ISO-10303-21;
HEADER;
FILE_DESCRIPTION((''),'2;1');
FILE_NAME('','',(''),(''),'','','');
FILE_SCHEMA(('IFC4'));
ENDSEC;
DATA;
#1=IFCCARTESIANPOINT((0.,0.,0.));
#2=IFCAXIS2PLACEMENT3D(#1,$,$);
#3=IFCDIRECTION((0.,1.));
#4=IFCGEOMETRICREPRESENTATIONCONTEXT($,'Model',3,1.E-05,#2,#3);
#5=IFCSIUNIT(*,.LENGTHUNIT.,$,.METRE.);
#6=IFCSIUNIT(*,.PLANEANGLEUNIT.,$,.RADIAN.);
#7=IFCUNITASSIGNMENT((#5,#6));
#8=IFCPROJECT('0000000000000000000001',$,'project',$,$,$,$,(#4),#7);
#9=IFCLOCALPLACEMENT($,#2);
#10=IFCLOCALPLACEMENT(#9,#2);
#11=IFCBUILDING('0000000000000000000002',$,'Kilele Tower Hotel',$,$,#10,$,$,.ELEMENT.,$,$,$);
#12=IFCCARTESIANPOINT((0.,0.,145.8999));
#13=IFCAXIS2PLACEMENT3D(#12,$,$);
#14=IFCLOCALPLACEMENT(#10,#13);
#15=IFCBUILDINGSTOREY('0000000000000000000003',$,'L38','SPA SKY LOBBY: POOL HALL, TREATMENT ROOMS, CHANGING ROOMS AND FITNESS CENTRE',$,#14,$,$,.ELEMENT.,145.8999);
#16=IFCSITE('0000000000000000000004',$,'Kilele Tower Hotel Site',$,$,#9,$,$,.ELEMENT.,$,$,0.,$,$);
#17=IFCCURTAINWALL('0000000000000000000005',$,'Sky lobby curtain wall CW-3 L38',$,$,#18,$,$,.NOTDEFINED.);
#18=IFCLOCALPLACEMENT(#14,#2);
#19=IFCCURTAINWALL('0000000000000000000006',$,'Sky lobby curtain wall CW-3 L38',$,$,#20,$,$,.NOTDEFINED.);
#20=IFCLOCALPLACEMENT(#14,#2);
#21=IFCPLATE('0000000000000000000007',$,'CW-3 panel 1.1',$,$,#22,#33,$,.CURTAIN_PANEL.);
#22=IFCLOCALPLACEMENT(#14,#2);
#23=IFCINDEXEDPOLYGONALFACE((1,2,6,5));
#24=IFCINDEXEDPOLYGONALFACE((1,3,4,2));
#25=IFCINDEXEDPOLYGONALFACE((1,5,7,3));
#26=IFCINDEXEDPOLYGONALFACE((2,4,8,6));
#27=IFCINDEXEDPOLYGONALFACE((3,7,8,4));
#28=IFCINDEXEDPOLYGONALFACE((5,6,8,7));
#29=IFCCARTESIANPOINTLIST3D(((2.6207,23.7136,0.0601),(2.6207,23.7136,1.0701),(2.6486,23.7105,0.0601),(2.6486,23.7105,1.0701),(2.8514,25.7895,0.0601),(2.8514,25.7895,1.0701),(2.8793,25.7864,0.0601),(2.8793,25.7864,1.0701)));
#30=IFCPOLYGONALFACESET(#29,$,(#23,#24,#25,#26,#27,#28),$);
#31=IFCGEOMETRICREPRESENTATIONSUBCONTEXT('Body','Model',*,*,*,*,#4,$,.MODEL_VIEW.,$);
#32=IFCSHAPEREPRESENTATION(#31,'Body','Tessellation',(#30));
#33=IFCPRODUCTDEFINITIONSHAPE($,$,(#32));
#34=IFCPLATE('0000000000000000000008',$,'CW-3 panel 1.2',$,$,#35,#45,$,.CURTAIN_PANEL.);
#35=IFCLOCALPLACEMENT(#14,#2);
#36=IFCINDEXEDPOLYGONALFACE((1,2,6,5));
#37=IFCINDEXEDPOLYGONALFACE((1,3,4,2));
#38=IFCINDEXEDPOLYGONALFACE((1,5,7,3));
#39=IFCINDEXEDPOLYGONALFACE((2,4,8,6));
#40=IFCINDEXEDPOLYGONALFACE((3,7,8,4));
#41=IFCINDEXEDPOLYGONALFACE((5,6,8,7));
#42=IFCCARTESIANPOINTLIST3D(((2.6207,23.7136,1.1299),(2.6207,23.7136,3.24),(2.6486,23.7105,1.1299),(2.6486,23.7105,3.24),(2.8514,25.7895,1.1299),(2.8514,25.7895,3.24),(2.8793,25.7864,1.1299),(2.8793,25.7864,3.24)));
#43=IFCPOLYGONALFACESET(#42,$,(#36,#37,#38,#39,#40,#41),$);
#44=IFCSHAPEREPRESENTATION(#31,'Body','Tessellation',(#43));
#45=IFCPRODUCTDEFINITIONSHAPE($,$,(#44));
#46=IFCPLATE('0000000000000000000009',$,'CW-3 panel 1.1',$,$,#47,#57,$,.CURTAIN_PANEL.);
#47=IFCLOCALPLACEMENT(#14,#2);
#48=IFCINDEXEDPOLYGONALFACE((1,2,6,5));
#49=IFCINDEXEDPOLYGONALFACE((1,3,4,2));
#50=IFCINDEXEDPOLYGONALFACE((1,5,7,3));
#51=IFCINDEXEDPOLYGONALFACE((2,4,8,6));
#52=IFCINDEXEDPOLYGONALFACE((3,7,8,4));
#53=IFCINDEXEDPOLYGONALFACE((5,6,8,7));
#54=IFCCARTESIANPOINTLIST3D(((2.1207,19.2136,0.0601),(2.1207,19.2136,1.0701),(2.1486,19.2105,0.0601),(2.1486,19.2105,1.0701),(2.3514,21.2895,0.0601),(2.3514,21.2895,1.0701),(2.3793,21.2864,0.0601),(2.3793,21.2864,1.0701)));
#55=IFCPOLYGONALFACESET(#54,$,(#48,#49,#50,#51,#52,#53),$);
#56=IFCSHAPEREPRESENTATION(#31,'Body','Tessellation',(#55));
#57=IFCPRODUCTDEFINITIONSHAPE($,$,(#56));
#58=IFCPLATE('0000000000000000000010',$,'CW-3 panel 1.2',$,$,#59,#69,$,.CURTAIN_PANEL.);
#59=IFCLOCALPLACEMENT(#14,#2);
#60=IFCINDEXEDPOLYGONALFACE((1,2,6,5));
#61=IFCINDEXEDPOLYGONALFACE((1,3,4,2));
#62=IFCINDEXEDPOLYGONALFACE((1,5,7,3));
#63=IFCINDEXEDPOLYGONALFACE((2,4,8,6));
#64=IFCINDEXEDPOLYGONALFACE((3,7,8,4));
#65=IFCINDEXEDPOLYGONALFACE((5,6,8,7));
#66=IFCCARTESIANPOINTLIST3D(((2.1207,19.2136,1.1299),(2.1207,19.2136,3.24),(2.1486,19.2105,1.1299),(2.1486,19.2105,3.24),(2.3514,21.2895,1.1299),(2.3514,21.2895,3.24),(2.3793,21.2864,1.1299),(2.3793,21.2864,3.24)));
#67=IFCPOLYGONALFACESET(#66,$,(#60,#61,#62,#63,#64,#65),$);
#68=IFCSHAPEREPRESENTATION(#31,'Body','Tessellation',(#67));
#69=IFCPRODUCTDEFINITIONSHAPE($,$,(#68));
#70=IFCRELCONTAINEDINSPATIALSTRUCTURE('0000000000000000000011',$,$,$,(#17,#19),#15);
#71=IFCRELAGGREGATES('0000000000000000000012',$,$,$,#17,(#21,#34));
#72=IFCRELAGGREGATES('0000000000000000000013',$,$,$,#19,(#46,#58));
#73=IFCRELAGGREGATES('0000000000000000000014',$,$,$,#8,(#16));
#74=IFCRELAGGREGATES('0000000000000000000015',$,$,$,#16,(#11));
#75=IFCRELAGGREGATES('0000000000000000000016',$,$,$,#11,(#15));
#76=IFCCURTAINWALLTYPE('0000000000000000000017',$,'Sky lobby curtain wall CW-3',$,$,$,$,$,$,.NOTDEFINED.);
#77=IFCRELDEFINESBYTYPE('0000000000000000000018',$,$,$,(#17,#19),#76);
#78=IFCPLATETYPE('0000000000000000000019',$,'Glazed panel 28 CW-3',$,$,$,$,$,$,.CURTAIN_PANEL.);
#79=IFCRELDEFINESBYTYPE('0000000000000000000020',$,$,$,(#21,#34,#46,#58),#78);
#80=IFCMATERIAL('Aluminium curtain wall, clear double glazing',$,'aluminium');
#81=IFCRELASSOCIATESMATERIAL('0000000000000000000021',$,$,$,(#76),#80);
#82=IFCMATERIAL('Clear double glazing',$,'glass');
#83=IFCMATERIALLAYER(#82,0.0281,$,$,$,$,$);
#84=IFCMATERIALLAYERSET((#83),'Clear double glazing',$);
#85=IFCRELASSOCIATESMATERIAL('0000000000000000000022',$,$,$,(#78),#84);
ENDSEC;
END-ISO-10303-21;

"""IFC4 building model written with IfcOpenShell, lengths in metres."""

from ifc_helpers import new_model, si_unit, direction, frame, origin, origin_2d, place, context, subcontext, project, spatial, rectangle, extrude, material, layer, layer_set, type_object, element, aggregate, save


model = new_model("IFC4")

# Units and contexts
model_context = context("Model", 3, precision=1e-05, world=origin(), true_north=direction((0.0, 1.0)))
body_context = subcontext(model_context, "Body", "Model", "MODEL_VIEW")
ifc_project = project(units=[si_unit("LENGTHUNIT", "METRE"), si_unit("PLANEANGLEUNIT", "RADIAN")], contexts=[model_context])

# Site, building, storey
site_placement = place(None, origin())
site = spatial("IfcSite", under=ifc_project, at=site_placement, Name="Kilele Tower Hotel Site", CompositionType="ELEMENT", RefElevation=0.0)
building_placement = place(site_placement, origin())
building = spatial("IfcBuilding", under=site, at=building_placement, Name="Kilele Tower Hotel", CompositionType="ELEMENT")
storey_placement = place(building_placement, frame((0.0, 0.0, 145.8999)))
storey = spatial("IfcBuildingStorey", under=building, at=storey_placement, Name="L38", Description="SPA SKY LOBBY: POOL HALL, TREATMENT ROOMS, CHANGING ROOMS AND FITNESS CENTRE", CompositionType="ELEMENT", Elevation=145.8999)

# Curtain wall
ifc_material_1 = material(Name="Aluminium curtain wall, clear double glazing", Category="aluminium")
curtain_wall_type = type_object("IfcCurtainWallType", Name="Sky lobby curtain wall CW-3", PredefinedType="NOTDEFINED", material=ifc_material_1)
curtain_wall_1_placement = place(storey_placement, origin())
curtain_wall_1 = element("IfcCurtainWall", 1, at=curtain_wall_1_placement, inside=storey, type_object=curtain_wall_type, Name="Sky lobby curtain wall CW-3 L38", PredefinedType="NOTDEFINED")

# Curtain wall
curtain_wall_2_placement = place(storey_placement, origin())
curtain_wall_2 = element("IfcCurtainWall", 2, at=curtain_wall_2_placement, inside=storey, type_object=curtain_wall_type, Name="Sky lobby curtain wall CW-3 L38", PredefinedType="NOTDEFINED")

# Plates
ifc_material_2 = material(Name="Clear double glazing", Category="glass")
ifc_layer = layer(ifc_material_2, 0.0281)
ifc_layer_set = layer_set([ifc_layer], Name="Clear double glazing")
plate_type = type_object("IfcPlateType", Name="Glazed panel 28 CW-3", PredefinedType="CURTAIN_PANEL", material=ifc_layer_set)
plate_1_placement = place(storey_placement, frame((2.75, 24.75, 0.0601), z_axis=(0.0, 0.0, 1.0), x_axis=(-0.110432, -0.993884, 0.0)))
plate_1 = element("IfcPlate", 3, at=plate_1_placement, type_object=plate_type, Name="CW-3 panel 1.1", PredefinedType="CURTAIN_PANEL", context=body_context, shape_type="SweptSolid", body=[
    extrude(rectangle(XDim=2.0886, YDim=0.0281, at=origin_2d()), origin(), (0.0, 0.0, 1.0), 1.01),
])
plate_2_placement = place(storey_placement, frame((2.75, 24.75, 1.1299), z_axis=(0.0, 0.0, 1.0), x_axis=(-0.110432, -0.993884, 0.0)))
plate_2 = element("IfcPlate", 4, at=plate_2_placement, type_object=plate_type, Name="CW-3 panel 1.2", PredefinedType="CURTAIN_PANEL", context=body_context, shape_type="SweptSolid", body=[
    extrude(rectangle(XDim=2.0886, YDim=0.0281, at=origin_2d()), origin(), (0.0, 0.0, 1.0), 2.1101),
])
aggregate(curtain_wall_1, [plate_1, plate_2])
plate_3_placement = place(storey_placement, frame((2.25, 20.25, 0.0601), z_axis=(0.0, 0.0, 1.0), x_axis=(-0.110432, -0.993884, 0.0)))
plate_3 = element("IfcPlate", 5, at=plate_3_placement, type_object=plate_type, Name="CW-3 panel 1.1", PredefinedType="CURTAIN_PANEL", context=body_context, shape_type="SweptSolid", body=[
    extrude(rectangle(XDim=2.0886, YDim=0.0281, at=origin_2d()), origin(), (0.0, 0.0, 1.0), 1.01),
])
plate_4_placement = place(storey_placement, frame((2.25, 20.25, 1.1299), z_axis=(0.0, 0.0, 1.0), x_axis=(-0.110432, -0.993884, 0.0)))
plate_4 = element("IfcPlate", 6, at=plate_4_placement, type_object=plate_type, Name="CW-3 panel 1.2", PredefinedType="CURTAIN_PANEL", context=body_context, shape_type="SweptSolid", body=[
    extrude(rectangle(XDim=2.0886, YDim=0.0281, at=origin_2d()), origin(), (0.0, 0.0, 1.0), 2.1101),
])
aggregate(curtain_wall_2, [plate_3, plate_4])

save(model, "model.ifc")
